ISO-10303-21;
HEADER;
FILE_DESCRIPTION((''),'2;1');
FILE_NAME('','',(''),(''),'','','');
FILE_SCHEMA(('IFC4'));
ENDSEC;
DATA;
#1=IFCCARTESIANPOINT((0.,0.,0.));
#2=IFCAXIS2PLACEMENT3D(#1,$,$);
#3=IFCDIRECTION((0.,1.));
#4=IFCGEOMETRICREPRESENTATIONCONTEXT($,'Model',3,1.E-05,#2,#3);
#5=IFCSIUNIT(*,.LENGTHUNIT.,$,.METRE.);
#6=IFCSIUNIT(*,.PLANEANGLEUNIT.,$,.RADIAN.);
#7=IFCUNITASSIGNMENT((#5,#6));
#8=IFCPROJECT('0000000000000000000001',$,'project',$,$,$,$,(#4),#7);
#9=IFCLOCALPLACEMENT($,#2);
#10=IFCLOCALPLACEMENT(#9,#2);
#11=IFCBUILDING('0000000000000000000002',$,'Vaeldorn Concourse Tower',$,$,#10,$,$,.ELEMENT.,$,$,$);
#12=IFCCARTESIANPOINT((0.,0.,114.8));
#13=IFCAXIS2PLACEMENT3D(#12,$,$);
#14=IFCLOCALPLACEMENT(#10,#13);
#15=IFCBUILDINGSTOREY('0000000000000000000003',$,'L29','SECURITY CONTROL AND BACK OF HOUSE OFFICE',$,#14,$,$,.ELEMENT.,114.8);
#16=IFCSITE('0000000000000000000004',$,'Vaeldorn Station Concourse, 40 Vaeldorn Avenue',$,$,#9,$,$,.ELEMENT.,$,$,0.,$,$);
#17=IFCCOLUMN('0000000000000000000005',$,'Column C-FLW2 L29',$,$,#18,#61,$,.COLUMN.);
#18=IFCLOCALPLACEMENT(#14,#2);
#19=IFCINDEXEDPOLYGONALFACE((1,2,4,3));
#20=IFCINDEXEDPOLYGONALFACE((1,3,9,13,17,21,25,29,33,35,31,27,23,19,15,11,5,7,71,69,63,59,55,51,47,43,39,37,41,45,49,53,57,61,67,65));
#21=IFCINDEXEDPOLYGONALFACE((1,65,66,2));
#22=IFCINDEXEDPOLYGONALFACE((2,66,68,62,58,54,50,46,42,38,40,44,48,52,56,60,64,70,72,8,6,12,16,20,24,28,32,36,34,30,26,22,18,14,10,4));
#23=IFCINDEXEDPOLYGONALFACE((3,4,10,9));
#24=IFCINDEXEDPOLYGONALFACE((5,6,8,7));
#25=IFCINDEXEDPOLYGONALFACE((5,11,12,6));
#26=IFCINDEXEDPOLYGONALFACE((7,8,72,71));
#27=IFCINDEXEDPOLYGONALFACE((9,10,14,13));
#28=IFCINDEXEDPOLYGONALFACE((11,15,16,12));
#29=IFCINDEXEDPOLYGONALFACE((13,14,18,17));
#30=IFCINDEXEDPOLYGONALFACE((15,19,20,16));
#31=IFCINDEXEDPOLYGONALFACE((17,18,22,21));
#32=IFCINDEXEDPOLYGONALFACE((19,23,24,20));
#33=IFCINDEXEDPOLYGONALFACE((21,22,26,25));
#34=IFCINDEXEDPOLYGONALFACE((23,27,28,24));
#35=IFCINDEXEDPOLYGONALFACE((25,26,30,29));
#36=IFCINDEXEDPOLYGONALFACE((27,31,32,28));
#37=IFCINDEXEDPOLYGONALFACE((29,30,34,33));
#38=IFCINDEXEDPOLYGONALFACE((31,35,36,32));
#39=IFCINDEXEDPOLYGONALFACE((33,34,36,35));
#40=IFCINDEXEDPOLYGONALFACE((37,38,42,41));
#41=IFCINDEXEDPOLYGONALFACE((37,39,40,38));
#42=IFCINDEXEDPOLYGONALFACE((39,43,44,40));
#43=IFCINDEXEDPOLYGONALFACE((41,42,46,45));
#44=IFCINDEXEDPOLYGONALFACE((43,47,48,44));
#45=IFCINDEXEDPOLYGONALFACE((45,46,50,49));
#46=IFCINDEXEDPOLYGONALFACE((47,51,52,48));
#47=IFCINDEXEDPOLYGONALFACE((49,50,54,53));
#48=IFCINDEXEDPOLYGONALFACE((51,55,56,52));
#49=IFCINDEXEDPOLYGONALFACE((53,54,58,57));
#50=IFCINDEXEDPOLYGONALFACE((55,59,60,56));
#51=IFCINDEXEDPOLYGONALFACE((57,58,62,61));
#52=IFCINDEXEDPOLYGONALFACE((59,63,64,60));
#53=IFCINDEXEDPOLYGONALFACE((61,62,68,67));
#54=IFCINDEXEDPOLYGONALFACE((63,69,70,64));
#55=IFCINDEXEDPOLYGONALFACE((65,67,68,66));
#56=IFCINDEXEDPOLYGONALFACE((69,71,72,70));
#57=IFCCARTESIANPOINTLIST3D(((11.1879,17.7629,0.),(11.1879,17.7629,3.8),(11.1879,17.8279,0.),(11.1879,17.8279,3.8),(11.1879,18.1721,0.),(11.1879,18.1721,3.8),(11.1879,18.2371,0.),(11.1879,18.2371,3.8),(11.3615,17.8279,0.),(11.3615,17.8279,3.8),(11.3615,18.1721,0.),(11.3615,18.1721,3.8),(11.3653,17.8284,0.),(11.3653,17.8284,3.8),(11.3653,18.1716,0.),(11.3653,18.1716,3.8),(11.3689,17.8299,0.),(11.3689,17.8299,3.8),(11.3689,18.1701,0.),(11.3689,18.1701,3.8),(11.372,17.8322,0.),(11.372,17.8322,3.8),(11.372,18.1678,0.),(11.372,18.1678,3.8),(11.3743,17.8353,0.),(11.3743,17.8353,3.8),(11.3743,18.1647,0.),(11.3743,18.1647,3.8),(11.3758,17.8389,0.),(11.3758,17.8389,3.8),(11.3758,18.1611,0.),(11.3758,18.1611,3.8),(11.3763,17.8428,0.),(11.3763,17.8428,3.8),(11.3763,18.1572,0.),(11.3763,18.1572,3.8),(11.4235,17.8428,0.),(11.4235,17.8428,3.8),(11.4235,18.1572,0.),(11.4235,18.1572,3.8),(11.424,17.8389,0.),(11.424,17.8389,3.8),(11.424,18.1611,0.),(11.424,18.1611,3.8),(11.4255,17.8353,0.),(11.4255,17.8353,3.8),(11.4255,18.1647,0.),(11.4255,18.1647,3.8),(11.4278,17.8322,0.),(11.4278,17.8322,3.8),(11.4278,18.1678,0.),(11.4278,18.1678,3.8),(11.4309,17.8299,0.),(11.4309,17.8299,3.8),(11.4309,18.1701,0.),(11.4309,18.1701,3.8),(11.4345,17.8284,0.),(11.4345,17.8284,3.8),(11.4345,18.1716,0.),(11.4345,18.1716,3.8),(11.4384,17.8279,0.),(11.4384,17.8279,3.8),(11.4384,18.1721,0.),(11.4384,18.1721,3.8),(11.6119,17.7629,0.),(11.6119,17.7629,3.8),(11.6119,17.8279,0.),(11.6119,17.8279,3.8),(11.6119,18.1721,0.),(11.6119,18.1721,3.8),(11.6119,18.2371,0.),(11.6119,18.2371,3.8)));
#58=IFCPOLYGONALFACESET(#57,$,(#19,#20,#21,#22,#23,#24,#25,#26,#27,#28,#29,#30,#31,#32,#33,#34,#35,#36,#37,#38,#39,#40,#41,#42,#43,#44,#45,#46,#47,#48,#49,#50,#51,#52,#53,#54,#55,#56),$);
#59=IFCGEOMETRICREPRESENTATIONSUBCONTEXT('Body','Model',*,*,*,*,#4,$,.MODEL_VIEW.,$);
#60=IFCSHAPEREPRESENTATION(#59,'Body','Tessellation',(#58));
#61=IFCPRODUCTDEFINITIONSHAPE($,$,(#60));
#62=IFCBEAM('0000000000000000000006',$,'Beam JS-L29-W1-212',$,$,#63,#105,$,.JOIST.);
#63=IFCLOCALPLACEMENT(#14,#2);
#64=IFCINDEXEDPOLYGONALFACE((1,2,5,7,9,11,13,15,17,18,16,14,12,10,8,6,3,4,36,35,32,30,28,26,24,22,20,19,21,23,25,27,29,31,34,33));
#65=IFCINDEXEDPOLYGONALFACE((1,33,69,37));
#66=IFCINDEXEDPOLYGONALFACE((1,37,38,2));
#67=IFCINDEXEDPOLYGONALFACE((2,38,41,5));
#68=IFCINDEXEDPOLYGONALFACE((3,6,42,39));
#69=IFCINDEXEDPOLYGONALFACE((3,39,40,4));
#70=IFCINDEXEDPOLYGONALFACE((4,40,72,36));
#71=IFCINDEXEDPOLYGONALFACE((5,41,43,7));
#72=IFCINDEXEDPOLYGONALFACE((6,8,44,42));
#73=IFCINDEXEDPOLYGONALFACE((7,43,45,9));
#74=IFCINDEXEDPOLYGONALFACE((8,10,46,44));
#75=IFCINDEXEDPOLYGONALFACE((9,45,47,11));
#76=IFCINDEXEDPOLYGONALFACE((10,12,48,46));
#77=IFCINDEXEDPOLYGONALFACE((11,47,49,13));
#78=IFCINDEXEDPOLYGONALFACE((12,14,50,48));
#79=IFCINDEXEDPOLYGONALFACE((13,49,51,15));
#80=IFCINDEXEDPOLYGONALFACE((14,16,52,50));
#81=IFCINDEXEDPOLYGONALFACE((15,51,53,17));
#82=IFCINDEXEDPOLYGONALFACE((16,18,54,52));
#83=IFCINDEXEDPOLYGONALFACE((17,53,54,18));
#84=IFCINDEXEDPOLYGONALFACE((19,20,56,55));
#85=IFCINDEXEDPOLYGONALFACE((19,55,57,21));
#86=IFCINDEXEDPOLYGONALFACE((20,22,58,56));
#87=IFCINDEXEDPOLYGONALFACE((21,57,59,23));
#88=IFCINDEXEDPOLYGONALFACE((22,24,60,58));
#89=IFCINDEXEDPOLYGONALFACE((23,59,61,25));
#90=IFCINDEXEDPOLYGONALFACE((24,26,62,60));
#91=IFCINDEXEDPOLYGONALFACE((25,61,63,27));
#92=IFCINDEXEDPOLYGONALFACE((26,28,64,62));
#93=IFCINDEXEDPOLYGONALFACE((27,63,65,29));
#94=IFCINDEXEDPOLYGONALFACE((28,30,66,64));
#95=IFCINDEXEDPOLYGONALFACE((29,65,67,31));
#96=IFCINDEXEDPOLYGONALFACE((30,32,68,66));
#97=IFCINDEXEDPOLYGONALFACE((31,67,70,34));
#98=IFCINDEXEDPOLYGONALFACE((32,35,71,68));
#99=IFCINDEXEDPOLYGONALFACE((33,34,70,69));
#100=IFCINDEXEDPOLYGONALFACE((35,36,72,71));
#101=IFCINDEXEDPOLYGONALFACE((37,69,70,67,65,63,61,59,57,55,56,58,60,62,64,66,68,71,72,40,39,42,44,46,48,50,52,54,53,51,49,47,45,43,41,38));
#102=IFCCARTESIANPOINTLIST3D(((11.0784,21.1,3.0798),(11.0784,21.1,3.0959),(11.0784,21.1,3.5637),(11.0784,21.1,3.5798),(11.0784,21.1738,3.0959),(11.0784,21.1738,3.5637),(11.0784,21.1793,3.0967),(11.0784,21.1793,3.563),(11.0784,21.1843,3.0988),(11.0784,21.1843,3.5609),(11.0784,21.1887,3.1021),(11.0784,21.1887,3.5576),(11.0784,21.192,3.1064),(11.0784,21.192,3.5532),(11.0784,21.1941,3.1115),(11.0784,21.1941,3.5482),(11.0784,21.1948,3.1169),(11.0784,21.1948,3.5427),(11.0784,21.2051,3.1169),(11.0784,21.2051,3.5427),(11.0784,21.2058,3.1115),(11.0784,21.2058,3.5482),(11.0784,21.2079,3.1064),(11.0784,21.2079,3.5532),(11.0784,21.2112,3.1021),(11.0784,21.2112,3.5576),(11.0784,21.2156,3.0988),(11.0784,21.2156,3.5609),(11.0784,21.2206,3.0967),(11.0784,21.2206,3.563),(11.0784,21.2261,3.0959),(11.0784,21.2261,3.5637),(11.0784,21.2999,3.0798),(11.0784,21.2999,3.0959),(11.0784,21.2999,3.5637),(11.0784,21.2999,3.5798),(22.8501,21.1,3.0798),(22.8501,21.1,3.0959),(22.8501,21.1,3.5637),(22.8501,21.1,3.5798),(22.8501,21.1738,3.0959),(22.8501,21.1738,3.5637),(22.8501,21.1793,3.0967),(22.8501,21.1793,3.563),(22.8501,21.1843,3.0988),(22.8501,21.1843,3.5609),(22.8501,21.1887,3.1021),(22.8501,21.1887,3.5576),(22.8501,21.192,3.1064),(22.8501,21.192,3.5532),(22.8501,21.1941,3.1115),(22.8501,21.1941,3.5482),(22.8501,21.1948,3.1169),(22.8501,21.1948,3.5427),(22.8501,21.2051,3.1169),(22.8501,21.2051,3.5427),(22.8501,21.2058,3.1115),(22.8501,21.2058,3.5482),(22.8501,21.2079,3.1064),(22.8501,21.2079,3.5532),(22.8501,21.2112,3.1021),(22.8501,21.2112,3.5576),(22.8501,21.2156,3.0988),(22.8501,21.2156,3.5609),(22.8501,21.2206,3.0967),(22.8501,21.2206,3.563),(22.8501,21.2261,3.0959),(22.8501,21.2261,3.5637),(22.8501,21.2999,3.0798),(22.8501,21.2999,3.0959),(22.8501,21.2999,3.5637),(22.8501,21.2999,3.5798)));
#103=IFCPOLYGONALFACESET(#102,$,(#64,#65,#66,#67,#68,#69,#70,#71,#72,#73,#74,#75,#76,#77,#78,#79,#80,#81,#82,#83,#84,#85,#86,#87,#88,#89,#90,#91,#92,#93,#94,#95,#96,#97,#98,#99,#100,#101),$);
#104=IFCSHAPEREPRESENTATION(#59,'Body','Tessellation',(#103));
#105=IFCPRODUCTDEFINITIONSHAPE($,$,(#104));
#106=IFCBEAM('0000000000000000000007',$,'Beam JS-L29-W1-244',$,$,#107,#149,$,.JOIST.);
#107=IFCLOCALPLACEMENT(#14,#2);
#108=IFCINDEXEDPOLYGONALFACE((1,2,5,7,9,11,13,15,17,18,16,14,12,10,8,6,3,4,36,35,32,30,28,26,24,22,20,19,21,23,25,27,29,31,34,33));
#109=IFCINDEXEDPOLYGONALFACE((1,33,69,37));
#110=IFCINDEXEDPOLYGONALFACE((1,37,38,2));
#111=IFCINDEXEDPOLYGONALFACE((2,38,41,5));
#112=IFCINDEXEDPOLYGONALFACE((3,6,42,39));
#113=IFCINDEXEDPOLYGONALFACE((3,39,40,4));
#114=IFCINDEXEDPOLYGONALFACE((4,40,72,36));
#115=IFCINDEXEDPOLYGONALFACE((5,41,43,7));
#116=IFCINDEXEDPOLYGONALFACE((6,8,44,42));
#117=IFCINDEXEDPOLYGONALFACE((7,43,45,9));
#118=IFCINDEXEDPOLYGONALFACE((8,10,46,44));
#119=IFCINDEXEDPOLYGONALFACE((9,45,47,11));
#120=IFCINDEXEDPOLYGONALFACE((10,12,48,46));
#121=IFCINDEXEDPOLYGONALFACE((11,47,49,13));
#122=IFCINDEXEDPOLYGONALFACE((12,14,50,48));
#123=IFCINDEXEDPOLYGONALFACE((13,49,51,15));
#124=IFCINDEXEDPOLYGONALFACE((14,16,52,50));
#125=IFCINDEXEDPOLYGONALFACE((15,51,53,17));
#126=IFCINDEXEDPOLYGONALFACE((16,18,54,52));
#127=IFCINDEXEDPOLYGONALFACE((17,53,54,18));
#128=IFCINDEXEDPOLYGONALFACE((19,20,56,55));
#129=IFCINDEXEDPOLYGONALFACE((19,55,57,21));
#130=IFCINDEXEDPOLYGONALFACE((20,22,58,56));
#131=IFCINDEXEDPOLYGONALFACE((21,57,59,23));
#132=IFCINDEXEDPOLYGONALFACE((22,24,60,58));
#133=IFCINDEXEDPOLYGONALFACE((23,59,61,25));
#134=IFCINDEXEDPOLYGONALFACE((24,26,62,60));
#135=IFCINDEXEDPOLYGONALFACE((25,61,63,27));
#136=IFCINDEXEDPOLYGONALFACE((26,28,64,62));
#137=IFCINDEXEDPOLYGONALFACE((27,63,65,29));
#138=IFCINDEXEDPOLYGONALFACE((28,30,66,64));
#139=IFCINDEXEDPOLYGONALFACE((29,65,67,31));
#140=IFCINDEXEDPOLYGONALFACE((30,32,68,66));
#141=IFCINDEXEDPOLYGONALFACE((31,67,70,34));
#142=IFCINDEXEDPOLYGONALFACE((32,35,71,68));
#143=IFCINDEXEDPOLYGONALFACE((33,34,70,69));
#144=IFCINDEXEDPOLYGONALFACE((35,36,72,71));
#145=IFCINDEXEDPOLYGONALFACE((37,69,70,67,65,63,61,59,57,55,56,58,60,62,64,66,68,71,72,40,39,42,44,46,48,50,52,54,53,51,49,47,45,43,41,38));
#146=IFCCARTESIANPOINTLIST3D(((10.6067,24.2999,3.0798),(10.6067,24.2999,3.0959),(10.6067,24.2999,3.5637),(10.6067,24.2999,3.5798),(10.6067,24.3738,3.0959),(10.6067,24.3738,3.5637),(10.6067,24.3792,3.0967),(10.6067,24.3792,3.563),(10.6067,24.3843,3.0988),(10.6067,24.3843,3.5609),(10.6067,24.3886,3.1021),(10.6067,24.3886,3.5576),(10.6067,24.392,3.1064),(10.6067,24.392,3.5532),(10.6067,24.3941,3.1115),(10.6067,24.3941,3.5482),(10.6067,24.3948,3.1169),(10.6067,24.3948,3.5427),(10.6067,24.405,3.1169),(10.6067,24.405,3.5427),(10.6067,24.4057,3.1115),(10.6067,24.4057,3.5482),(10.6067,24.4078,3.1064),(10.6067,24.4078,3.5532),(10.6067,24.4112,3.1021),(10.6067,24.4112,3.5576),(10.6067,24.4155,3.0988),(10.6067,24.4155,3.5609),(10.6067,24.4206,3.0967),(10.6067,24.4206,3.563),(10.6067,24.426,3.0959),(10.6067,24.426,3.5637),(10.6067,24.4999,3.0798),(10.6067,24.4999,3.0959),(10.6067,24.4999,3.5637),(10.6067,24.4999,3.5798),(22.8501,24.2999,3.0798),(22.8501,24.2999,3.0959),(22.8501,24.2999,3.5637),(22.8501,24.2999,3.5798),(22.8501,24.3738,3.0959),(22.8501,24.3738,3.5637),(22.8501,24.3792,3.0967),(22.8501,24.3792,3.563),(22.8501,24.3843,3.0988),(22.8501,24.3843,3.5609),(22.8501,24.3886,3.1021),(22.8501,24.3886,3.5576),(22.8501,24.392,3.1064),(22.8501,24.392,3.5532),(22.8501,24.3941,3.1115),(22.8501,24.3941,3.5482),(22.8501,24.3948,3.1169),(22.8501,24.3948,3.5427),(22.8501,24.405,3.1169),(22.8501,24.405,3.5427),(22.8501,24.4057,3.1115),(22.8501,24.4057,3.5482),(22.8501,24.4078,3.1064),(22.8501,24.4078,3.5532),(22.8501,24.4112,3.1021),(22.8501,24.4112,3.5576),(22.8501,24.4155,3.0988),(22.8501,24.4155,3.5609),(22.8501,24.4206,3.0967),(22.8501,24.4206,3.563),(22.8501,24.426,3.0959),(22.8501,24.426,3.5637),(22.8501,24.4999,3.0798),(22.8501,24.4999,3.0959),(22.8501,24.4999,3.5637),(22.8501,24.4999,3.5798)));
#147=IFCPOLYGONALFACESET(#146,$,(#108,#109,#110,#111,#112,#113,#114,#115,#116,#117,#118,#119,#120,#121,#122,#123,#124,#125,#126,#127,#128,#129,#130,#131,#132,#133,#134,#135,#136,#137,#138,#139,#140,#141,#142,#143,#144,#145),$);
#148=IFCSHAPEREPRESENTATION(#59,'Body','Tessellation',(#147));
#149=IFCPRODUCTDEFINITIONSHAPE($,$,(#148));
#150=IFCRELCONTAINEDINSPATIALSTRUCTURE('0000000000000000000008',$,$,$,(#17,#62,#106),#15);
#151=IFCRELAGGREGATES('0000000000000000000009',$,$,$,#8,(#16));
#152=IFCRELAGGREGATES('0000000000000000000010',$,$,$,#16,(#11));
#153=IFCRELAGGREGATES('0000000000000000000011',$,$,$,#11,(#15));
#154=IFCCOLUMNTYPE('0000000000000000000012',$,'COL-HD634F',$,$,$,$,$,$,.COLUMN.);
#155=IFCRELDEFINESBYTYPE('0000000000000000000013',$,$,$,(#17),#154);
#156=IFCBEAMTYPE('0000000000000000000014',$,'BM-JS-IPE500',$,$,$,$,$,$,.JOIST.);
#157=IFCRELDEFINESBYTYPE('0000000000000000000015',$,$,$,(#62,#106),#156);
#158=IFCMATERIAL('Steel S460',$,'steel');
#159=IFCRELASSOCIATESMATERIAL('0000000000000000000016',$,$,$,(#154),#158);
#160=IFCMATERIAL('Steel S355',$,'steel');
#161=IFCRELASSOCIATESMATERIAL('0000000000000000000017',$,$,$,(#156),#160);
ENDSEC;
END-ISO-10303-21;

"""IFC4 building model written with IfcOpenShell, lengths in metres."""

from ifc_helpers import new_model, si_unit, direction, frame, origin, origin_2d, place, context, subcontext, project, spatial, i_section, extrude, source, transform, mapped, material, material_profile, profile_set, type_object, element, save


model = new_model("IFC4")

# Units and contexts
model_context = context("Model", 3, precision=1e-05, world=origin(), true_north=direction((0.0, 1.0)))
body_context = subcontext(model_context, "Body", "Model", "MODEL_VIEW")
ifc_project = project(units=[si_unit("LENGTHUNIT", "METRE"), si_unit("PLANEANGLEUNIT", "RADIAN")], contexts=[model_context])

# Site, building, storey
site_placement = place(None, origin())
site = spatial("IfcSite", under=ifc_project, at=site_placement, Name="Vaeldorn Station Concourse, 40 Vaeldorn Avenue", CompositionType="ELEMENT", RefElevation=0.0)
building_placement = place(site_placement, origin())
building = spatial("IfcBuilding", under=site, at=building_placement, Name="Vaeldorn Concourse Tower", CompositionType="ELEMENT")
storey_placement = place(building_placement, frame((0.0, 0.0, 114.8)))
storey = spatial("IfcBuildingStorey", under=building, at=storey_placement, Name="L29", Description="SECURITY CONTROL AND BACK OF HOUSE OFFICE", CompositionType="ELEMENT", Elevation=114.8)

# Column
ifc_material_1 = material(Name="Steel S460", Category="steel")
ifc_material_profile_1 = material_profile(ifc_material_1, i_section(OverallWidth=0.4241, OverallDepth=0.4741, WebThickness=0.0471, FlangeThickness=0.0649, FilletRadius=0.0149, at=origin_2d()), Name="HD 400x634")
ifc_profile_set_1 = profile_set([ifc_material_profile_1], Name="Steel S460")
column_type = type_object("IfcColumnType", Name="COL-HD634F", PredefinedType="COLUMN", material=ifc_profile_set_1)
shared_shape_1 = source(origin(), body_context, "Body", "SweptSolid", [
    extrude(i_section(OverallWidth=0.4241, OverallDepth=0.4741, WebThickness=0.0471, FlangeThickness=0.0649, FilletRadius=0.0149, at=origin_2d()), origin(), (0.0, 0.0, 1.0), 3.8),
])
column_placement = place(storey_placement, frame((11.3999, 18.0, 0.0), z_axis=(0.0, 0.0, 1.0), x_axis=(1.0, 0.0, 0.0)))
element("IfcColumn", 1, at=column_placement, inside=storey, type_object=column_type, Name="Column C-FLW2 L29", PredefinedType="COLUMN", context=body_context, shape_type="MappedRepresentation", body=[
    mapped(shared_shape_1, transform((0.0, 0.0, 0.0), scale=1.0)),
])

# Beams
ifc_material_2 = material(Name="Steel S355", Category="steel")
ifc_material_profile_2 = material_profile(ifc_material_2, i_section(OverallWidth=0.2, OverallDepth=0.5, WebThickness=0.0103, FlangeThickness=0.0161, FilletRadius=0.021, at=origin_2d()), Name="IPE 500")
ifc_profile_set_2 = profile_set([ifc_material_profile_2], Name="Steel S355")
beam_type_1 = type_object("IfcBeamType", Name="BM-JS-IPE500", PredefinedType="JOIST", material=ifc_profile_set_2)
shared_shape_2 = source(origin(), body_context, "Body", "SweptSolid", [
    extrude(i_section(OverallWidth=0.2, OverallDepth=0.5, WebThickness=0.0103, FlangeThickness=0.0161, FilletRadius=0.021, at=origin_2d()), origin(), (0.0, 0.0, 1.0), 11.7717),
])
beam_1_placement = place(storey_placement, frame((11.0784, 21.2, 3.3298), z_axis=(1.0, 0.0, 0.0), x_axis=(0.0, 1.0, 0.0)))
element("IfcBeam", 2, at=beam_1_placement, inside=storey, type_object=beam_type_1, Name="Beam JS-L29-W1-212", PredefinedType="JOIST", context=body_context, shape_type="MappedRepresentation", body=[
    mapped(shared_shape_2, transform((0.0, 0.0, 0.0), scale=1.0)),
])
shared_shape_3 = source(origin(), body_context, "Body", "SweptSolid", [
    extrude(i_section(OverallWidth=0.2, OverallDepth=0.5, WebThickness=0.0103, FlangeThickness=0.0161, FilletRadius=0.021, at=origin_2d()), origin(), (0.0, 0.0, 1.0), 12.2434),
])
beam_2_placement = place(storey_placement, frame((10.6067, 24.3999, 3.3298), z_axis=(1.0, 0.0, 0.0), x_axis=(0.0, 1.0, 0.0)))
element("IfcBeam", 3, at=beam_2_placement, inside=storey, type_object=beam_type_1, Name="Beam JS-L29-W1-244", PredefinedType="JOIST", context=body_context, shape_type="MappedRepresentation", body=[
    mapped(shared_shape_3, transform((0.0, 0.0, 0.0), scale=1.0)),
])

save(model, "model.ifc")
